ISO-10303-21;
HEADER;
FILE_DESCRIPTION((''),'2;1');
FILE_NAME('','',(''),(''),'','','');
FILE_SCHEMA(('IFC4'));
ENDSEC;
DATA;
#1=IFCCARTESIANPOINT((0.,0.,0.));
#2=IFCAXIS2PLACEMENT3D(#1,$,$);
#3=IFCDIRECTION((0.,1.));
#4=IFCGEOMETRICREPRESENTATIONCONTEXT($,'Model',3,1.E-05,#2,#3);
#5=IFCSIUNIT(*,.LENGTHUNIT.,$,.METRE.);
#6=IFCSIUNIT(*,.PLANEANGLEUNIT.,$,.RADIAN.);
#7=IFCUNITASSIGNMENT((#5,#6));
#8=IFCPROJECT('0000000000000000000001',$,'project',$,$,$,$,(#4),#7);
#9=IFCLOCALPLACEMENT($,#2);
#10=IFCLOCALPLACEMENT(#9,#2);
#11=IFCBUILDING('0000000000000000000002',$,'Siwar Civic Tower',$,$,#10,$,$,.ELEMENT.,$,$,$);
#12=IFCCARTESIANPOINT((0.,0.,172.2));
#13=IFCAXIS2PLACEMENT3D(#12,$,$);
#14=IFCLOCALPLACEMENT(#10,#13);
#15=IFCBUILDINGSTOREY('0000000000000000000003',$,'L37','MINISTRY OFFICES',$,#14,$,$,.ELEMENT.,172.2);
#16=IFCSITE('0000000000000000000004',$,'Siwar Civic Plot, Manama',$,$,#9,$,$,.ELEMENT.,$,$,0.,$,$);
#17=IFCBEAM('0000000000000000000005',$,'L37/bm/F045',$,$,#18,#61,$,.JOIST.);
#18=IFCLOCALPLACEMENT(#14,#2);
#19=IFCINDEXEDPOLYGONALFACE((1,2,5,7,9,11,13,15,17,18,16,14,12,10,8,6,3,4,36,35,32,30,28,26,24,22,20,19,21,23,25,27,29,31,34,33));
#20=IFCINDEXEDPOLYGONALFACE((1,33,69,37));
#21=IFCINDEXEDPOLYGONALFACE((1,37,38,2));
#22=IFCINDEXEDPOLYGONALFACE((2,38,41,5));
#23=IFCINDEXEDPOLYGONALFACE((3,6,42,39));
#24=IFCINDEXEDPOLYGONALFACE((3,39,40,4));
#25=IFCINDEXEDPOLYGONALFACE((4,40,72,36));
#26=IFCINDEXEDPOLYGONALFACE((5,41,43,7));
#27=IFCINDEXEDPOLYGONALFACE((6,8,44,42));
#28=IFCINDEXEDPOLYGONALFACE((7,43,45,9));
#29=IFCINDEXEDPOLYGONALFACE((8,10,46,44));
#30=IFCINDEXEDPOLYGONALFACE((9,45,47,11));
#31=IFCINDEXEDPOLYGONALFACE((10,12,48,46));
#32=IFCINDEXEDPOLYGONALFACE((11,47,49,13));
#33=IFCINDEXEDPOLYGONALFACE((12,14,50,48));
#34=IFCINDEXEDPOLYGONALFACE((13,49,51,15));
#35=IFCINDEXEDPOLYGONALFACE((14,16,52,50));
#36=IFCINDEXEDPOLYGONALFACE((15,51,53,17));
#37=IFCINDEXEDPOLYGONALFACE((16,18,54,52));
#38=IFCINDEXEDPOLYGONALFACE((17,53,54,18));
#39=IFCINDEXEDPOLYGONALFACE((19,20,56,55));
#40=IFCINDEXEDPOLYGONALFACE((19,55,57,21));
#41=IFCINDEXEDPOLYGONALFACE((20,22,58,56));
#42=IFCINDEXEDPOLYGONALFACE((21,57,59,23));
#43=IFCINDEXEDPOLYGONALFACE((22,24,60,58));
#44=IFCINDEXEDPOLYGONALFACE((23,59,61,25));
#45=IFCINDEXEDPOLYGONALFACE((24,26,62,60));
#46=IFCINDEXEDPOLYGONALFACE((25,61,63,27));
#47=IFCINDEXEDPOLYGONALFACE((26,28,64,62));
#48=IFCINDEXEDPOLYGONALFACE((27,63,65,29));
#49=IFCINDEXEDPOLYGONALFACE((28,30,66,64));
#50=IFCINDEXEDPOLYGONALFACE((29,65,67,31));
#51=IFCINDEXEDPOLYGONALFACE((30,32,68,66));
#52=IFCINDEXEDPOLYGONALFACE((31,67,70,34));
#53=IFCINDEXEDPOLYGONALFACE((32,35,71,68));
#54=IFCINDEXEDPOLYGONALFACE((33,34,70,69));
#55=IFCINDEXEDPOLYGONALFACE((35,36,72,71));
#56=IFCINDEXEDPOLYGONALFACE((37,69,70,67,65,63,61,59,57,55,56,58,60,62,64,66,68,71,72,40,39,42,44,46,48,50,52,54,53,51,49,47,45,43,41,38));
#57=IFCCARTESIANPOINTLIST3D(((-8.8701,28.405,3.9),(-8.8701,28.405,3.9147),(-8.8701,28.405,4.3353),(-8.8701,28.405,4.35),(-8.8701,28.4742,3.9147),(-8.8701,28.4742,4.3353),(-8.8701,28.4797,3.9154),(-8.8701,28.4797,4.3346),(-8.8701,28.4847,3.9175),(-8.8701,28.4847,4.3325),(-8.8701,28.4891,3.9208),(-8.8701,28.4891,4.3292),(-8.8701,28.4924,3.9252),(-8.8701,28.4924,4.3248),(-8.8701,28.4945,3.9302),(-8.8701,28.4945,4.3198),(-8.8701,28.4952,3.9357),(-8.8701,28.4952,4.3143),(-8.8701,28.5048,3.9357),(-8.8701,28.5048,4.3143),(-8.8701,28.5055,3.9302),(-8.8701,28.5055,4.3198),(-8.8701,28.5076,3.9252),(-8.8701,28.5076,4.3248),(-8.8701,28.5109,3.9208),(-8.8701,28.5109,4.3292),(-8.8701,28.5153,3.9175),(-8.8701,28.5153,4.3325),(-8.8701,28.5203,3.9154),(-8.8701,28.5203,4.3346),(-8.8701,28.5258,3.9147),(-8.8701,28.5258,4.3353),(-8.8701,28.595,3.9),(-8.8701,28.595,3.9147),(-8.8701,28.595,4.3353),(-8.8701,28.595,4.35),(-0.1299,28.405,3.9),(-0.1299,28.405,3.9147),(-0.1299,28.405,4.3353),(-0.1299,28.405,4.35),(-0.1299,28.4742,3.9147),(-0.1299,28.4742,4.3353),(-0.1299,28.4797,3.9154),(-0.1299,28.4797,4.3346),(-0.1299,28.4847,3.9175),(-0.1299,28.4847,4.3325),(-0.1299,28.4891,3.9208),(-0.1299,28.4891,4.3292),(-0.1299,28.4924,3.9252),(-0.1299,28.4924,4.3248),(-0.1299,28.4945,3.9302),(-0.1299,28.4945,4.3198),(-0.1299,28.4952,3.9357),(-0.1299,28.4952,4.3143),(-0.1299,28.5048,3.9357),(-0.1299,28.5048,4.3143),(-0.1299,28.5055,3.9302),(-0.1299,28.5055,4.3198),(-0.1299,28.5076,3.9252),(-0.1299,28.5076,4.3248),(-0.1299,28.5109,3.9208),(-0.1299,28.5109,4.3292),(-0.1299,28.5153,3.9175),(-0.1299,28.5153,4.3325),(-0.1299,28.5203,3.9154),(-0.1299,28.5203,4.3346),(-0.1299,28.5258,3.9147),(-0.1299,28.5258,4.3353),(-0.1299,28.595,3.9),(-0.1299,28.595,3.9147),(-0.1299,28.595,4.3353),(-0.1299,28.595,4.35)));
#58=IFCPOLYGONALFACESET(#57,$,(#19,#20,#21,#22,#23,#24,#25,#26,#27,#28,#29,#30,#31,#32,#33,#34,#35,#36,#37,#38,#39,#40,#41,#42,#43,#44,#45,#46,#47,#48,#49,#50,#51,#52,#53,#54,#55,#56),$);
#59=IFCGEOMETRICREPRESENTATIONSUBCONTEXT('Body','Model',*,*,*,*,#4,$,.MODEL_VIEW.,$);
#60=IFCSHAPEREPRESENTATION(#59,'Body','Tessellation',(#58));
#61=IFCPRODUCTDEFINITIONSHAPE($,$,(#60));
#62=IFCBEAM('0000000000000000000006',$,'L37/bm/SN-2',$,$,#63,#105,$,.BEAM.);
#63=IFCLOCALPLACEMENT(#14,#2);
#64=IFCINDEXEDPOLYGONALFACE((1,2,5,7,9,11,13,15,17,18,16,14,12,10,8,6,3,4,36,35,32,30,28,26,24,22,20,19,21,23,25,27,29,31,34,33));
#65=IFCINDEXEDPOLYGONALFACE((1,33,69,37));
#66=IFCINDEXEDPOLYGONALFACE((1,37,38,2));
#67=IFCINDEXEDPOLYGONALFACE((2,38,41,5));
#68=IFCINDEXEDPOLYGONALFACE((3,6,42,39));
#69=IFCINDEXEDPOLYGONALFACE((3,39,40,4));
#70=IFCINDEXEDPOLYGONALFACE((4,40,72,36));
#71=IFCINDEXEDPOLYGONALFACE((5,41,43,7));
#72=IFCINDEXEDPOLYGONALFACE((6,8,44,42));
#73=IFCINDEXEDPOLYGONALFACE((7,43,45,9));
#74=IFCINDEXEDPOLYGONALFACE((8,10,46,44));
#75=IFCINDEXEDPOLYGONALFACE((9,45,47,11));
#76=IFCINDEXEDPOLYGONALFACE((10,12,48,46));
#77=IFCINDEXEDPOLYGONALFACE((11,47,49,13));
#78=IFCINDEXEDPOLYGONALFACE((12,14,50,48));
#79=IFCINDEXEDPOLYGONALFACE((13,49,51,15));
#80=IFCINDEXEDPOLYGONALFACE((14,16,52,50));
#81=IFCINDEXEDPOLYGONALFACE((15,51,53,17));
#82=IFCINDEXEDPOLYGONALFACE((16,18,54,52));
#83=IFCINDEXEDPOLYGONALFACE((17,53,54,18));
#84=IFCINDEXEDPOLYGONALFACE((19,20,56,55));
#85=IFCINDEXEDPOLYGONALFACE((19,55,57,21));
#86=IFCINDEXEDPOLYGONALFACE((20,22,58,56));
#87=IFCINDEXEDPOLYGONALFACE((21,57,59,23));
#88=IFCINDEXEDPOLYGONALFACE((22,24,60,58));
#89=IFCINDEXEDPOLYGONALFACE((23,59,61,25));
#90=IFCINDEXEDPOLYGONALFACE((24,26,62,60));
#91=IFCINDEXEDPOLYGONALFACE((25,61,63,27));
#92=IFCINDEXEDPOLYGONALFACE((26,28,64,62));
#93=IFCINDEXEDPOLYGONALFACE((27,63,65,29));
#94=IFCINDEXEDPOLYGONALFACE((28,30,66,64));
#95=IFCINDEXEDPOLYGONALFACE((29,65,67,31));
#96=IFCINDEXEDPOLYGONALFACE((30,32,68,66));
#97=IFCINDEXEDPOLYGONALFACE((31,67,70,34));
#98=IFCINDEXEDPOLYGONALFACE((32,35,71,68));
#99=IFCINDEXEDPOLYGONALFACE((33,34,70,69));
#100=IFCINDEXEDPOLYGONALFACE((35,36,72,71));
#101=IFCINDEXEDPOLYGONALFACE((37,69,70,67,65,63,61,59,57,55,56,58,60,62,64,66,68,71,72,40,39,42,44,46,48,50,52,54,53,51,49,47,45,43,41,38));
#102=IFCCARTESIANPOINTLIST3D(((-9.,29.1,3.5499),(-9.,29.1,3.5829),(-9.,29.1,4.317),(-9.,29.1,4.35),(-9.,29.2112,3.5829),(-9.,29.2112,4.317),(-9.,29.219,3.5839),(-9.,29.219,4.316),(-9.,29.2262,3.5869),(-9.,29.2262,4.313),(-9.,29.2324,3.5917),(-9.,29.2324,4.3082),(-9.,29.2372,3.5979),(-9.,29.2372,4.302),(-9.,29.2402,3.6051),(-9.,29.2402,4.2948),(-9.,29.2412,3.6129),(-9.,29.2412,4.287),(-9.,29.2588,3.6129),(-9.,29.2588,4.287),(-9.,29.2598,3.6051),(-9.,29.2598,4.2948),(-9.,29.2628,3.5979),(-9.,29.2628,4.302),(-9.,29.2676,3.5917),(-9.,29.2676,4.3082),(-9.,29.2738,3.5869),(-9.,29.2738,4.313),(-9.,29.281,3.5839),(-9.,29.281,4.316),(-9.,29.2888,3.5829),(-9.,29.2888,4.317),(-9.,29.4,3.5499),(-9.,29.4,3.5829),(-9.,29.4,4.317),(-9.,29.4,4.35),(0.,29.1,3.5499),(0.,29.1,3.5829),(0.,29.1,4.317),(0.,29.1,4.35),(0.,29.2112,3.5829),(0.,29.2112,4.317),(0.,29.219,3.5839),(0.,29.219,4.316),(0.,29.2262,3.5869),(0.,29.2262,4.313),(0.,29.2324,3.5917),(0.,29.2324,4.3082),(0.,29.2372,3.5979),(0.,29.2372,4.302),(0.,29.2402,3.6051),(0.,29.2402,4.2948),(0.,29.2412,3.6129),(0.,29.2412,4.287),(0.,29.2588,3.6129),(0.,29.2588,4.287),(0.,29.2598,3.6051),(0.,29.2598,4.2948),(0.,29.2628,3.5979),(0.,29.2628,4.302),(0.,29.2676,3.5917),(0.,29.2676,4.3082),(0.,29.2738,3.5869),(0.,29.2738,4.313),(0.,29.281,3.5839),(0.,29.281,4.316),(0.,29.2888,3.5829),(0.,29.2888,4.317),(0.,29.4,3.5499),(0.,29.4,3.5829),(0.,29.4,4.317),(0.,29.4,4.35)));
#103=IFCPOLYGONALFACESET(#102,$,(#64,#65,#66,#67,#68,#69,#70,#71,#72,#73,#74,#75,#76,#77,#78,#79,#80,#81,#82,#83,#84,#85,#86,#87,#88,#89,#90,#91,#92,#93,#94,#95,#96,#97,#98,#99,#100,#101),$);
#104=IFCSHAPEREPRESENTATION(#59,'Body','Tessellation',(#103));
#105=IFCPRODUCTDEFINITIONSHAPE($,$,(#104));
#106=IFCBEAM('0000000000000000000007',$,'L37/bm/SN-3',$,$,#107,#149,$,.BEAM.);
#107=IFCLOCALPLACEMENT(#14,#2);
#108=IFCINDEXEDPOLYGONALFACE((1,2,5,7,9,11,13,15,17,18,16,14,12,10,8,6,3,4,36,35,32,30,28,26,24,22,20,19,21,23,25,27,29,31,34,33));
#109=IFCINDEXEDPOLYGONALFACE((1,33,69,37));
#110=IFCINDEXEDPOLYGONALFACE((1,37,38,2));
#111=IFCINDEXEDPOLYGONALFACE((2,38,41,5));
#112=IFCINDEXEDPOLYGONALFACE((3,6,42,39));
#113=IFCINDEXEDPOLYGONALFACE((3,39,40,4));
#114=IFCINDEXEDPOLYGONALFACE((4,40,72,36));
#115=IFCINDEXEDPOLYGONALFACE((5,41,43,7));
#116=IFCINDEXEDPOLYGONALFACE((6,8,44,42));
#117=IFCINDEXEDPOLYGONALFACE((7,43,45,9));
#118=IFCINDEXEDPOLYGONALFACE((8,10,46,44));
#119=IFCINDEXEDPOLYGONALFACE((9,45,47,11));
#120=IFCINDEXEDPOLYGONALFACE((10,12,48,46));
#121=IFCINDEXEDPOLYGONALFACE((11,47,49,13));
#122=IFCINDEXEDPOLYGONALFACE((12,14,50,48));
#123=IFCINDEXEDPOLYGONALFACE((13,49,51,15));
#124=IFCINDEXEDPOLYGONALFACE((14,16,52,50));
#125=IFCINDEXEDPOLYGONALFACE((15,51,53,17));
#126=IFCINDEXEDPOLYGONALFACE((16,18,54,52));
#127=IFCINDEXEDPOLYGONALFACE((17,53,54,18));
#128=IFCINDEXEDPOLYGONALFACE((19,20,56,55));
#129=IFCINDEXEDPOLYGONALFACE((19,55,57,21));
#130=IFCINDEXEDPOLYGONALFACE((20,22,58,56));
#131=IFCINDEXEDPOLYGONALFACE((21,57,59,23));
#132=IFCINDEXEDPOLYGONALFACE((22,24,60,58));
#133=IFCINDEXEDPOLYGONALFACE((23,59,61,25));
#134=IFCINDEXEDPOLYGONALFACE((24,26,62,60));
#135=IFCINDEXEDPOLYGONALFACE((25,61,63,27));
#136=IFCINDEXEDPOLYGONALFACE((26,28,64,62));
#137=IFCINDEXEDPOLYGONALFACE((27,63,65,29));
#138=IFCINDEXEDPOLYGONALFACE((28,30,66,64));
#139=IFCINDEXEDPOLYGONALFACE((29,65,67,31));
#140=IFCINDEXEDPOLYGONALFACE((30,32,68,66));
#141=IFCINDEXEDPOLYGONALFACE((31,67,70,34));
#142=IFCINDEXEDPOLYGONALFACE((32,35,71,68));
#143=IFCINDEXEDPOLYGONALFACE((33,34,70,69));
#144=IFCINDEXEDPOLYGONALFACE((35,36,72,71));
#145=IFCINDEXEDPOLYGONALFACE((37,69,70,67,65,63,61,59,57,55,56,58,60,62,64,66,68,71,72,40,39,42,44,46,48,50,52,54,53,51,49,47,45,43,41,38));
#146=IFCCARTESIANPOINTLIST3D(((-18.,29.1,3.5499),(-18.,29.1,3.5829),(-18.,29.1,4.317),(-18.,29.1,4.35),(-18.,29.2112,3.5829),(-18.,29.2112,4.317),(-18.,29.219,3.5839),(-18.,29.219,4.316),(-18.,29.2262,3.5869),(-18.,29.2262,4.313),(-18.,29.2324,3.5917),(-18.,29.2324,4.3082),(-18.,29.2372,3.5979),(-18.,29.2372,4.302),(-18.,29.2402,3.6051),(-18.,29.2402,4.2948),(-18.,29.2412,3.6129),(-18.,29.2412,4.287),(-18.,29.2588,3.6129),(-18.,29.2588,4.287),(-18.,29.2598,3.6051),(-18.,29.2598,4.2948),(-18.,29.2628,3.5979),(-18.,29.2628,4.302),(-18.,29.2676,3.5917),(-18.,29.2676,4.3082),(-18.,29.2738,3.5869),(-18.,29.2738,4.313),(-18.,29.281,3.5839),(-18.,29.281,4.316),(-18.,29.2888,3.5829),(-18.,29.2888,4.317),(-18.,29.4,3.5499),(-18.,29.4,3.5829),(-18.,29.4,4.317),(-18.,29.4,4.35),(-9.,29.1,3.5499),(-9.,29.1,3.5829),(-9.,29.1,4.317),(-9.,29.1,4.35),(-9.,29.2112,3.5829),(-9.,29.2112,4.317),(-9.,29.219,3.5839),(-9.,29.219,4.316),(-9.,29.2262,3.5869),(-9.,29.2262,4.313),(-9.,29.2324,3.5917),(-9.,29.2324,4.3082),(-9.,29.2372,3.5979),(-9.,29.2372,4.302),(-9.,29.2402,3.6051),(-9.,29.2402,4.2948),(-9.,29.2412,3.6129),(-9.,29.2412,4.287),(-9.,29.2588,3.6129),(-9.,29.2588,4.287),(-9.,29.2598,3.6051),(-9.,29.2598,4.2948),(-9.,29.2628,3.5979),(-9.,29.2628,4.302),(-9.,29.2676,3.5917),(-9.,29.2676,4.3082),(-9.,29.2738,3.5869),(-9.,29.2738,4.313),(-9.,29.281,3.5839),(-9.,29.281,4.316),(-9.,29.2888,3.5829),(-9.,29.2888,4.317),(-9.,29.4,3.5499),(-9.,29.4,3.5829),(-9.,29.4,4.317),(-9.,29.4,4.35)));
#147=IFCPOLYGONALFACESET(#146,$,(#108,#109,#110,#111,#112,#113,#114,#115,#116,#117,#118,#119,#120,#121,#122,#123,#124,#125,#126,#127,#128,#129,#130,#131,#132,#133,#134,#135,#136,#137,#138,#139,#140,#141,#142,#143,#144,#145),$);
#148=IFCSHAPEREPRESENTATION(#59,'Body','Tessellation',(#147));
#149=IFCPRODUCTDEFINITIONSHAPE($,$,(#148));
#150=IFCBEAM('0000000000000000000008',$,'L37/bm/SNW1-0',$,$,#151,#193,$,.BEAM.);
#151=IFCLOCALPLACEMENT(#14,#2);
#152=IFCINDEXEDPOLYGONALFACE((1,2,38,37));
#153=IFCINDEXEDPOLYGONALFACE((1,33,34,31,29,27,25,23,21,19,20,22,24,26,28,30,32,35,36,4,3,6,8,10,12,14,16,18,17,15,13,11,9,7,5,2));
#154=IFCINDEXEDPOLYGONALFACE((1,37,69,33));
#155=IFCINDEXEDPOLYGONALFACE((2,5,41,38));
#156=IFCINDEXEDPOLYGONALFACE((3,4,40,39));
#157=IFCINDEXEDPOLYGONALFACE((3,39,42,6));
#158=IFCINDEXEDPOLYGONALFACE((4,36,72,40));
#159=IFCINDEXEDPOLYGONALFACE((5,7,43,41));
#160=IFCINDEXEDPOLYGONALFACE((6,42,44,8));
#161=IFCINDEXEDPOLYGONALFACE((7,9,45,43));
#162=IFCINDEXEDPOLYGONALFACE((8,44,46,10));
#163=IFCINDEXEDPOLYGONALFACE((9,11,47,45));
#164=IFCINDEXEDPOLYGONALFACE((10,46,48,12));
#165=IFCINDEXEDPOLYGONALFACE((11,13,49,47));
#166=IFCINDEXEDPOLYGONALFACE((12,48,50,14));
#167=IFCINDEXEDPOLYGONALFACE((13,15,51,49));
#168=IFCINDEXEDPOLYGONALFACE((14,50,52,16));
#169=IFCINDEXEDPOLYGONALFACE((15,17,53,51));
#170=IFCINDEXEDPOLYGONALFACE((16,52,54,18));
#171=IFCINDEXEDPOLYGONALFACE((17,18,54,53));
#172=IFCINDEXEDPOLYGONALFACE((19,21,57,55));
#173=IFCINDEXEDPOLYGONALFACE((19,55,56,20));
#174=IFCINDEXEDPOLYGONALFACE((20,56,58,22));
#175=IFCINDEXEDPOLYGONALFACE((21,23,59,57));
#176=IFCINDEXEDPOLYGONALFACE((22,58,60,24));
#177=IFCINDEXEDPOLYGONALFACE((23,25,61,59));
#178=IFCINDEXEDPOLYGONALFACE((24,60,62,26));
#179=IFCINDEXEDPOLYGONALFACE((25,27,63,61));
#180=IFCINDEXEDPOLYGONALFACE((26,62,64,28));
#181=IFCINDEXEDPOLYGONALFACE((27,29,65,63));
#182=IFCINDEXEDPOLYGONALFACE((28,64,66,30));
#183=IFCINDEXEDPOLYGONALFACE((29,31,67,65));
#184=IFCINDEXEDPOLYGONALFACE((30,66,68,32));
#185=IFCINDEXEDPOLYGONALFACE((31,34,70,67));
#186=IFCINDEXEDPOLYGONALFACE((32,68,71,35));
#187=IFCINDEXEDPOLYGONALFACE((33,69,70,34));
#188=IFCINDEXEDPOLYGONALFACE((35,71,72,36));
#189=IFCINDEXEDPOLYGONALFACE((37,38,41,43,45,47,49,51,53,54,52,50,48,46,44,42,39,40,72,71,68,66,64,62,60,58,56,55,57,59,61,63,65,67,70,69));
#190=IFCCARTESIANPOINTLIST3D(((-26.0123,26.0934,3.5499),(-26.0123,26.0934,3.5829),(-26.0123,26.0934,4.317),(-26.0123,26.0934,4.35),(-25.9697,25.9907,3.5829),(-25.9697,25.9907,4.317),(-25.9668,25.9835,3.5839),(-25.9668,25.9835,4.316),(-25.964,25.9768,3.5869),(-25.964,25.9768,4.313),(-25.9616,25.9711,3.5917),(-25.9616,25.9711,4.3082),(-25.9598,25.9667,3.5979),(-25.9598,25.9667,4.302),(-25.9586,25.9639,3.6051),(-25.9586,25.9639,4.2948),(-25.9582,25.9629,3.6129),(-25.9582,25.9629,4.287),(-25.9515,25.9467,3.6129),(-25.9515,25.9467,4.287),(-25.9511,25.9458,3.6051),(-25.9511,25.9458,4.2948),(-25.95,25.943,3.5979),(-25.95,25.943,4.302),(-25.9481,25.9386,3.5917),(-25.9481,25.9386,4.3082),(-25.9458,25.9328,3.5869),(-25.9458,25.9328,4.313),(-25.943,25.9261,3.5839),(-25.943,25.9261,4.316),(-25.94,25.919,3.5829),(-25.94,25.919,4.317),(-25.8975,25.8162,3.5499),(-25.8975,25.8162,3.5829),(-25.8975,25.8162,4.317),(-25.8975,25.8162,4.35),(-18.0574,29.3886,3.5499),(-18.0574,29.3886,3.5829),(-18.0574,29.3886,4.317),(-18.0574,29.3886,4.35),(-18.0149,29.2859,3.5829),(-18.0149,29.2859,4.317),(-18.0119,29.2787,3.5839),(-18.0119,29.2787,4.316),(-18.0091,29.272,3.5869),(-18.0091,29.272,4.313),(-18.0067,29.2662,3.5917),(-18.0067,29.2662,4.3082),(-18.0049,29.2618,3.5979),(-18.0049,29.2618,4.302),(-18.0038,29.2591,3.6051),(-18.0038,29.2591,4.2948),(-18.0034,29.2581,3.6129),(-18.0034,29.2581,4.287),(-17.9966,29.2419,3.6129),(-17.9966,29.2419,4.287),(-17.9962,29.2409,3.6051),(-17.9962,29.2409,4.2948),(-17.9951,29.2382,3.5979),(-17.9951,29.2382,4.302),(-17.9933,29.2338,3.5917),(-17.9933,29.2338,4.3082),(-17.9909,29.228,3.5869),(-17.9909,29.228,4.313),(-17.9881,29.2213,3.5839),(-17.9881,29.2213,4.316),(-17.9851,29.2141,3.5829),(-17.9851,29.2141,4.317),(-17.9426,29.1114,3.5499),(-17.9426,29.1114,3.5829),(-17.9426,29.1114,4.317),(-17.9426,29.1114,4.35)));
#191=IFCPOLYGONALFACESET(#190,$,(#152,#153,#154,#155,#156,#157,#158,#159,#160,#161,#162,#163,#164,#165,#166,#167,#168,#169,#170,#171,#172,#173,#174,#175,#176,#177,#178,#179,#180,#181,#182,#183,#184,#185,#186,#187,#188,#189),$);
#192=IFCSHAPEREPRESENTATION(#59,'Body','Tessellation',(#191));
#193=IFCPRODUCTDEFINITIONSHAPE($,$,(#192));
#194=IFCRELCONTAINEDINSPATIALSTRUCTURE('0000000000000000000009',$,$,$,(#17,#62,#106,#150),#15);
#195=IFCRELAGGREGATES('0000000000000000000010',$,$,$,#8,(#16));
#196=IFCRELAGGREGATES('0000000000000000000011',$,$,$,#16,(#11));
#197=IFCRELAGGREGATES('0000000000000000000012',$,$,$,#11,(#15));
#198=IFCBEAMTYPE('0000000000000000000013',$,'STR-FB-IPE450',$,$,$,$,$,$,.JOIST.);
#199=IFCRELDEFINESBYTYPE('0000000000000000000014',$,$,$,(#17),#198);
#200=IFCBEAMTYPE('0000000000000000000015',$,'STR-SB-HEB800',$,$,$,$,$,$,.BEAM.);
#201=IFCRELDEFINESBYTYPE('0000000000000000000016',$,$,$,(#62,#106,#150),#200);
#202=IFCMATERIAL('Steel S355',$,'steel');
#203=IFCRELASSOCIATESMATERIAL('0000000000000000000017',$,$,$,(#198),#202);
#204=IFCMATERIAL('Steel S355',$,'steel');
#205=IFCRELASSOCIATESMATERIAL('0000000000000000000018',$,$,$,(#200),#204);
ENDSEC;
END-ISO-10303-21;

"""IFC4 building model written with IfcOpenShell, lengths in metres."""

from ifc_helpers import new_model, si_unit, direction, frame, origin, origin_2d, place, context, subcontext, project, spatial, i_section, extrude, material, material_profile, profile_set, type_object, element, save


model = new_model("IFC4")

# Units and contexts
model_context = context("Model", 3, precision=1e-05, world=origin(), true_north=direction((0.0, 1.0)))
body_context = subcontext(model_context, "Body", "Model", "MODEL_VIEW")
ifc_project = project(units=[si_unit("LENGTHUNIT", "METRE"), si_unit("PLANEANGLEUNIT", "RADIAN")], contexts=[model_context])

# Site, building, storey
site_placement = place(None, origin())
site = spatial("IfcSite", under=ifc_project, at=site_placement, Name="Siwar Civic Plot, Manama", CompositionType="ELEMENT", RefElevation=0.0)
building_placement = place(site_placement, origin())
building = spatial("IfcBuilding", under=site, at=building_placement, Name="Siwar Civic Tower", CompositionType="ELEMENT")
storey_placement = place(building_placement, frame((0.0, 0.0, 172.2)))
storey = spatial("IfcBuildingStorey", under=building, at=storey_placement, Name="L37", Description="MINISTRY OFFICES", CompositionType="ELEMENT", Elevation=172.2)

# Beams
ifc_material_1 = material(Name="Steel S355", Category="steel")
ifc_material_profile_1 = material_profile(ifc_material_1, i_section(OverallWidth=0.1899, OverallDepth=0.45, WebThickness=0.0095, FlangeThickness=0.0146, FilletRadius=0.021, at=origin_2d()), Name="IPE450")
ifc_profile_set_1 = profile_set([ifc_material_profile_1], Name="Steel S355")
beam_type_1 = type_object("IfcBeamType", Name="STR-FB-IPE450", PredefinedType="JOIST", material=ifc_profile_set_1)
for number, where, z_axis, x_axis, name in (
    (1, (-8.8701, 28.5, 4.125), (1.0, 0.0, 0.0), (0.0, 1.0, 0.0), "L37/bm/F045"),
):
    element("IfcBeam", number, at=place(storey_placement, frame(where, z_axis=z_axis, x_axis=x_axis)), inside=storey, type_object=beam_type_1, Name=name, PredefinedType="JOIST", context=body_context, shape_type="SweptSolid", body=[
        extrude(i_section(OverallWidth=0.1899, OverallDepth=0.45, WebThickness=0.0095, FlangeThickness=0.0146, FilletRadius=0.021, at=origin_2d()), origin(), (0.0, 0.0, 1.0), 8.7402),
    ])
ifc_material_2 = material(Name="Steel S355", Category="steel")
ifc_material_profile_2 = material_profile(ifc_material_2, i_section(OverallWidth=0.3, OverallDepth=0.8, WebThickness=0.0176, FlangeThickness=0.033, FilletRadius=0.03, at=origin_2d()), Name="HEB800")
ifc_profile_set_2 = profile_set([ifc_material_profile_2], Name="Steel S355")
beam_type_2 = type_object("IfcBeamType", Name="STR-SB-HEB800", PredefinedType="BEAM", material=ifc_profile_set_2)
for number, where, z_axis, x_axis, name in (
    (2, (0.0, 29.25, 3.95), (-1.0, 0.0, 0.0), (0.0, -1.0, 0.0), "L37/bm/SN-2"),
    (3, (-9.0, 29.25, 3.95), (-1.0, 0.0, 0.0), (0.0, -1.0, 0.0), "L37/bm/SN-3"),
):
    element("IfcBeam", number, at=place(storey_placement, frame(where, z_axis=z_axis, x_axis=x_axis)), inside=storey, type_object=beam_type_2, Name=name, PredefinedType="BEAM", context=body_context, shape_type="SweptSolid", body=[
        extrude(i_section(OverallWidth=0.3, OverallDepth=0.8, WebThickness=0.0176, FlangeThickness=0.033, FilletRadius=0.03, at=origin_2d()), origin(), (0.0, 0.0, 1.0), 9.0),
    ])
beam_1_placement = place(storey_placement, frame((-18.0, 29.25, 3.95), z_axis=(-0.923873, -0.3827, 0.0), x_axis=(0.3827, -0.923873, 0.0)))
element("IfcBeam", 4, at=beam_1_placement, inside=storey, type_object=beam_type_2, Name="L37/bm/SNW1-0", PredefinedType="BEAM", context=body_context, shape_type="SweptSolid", body=[
    extrude(i_section(OverallWidth=0.3, OverallDepth=0.8, WebThickness=0.0176, FlangeThickness=0.033, FilletRadius=0.03, at=origin_2d()), origin(), (0.0, 0.0, 1.0), 8.6104),
])

save(model, "model.ifc")
